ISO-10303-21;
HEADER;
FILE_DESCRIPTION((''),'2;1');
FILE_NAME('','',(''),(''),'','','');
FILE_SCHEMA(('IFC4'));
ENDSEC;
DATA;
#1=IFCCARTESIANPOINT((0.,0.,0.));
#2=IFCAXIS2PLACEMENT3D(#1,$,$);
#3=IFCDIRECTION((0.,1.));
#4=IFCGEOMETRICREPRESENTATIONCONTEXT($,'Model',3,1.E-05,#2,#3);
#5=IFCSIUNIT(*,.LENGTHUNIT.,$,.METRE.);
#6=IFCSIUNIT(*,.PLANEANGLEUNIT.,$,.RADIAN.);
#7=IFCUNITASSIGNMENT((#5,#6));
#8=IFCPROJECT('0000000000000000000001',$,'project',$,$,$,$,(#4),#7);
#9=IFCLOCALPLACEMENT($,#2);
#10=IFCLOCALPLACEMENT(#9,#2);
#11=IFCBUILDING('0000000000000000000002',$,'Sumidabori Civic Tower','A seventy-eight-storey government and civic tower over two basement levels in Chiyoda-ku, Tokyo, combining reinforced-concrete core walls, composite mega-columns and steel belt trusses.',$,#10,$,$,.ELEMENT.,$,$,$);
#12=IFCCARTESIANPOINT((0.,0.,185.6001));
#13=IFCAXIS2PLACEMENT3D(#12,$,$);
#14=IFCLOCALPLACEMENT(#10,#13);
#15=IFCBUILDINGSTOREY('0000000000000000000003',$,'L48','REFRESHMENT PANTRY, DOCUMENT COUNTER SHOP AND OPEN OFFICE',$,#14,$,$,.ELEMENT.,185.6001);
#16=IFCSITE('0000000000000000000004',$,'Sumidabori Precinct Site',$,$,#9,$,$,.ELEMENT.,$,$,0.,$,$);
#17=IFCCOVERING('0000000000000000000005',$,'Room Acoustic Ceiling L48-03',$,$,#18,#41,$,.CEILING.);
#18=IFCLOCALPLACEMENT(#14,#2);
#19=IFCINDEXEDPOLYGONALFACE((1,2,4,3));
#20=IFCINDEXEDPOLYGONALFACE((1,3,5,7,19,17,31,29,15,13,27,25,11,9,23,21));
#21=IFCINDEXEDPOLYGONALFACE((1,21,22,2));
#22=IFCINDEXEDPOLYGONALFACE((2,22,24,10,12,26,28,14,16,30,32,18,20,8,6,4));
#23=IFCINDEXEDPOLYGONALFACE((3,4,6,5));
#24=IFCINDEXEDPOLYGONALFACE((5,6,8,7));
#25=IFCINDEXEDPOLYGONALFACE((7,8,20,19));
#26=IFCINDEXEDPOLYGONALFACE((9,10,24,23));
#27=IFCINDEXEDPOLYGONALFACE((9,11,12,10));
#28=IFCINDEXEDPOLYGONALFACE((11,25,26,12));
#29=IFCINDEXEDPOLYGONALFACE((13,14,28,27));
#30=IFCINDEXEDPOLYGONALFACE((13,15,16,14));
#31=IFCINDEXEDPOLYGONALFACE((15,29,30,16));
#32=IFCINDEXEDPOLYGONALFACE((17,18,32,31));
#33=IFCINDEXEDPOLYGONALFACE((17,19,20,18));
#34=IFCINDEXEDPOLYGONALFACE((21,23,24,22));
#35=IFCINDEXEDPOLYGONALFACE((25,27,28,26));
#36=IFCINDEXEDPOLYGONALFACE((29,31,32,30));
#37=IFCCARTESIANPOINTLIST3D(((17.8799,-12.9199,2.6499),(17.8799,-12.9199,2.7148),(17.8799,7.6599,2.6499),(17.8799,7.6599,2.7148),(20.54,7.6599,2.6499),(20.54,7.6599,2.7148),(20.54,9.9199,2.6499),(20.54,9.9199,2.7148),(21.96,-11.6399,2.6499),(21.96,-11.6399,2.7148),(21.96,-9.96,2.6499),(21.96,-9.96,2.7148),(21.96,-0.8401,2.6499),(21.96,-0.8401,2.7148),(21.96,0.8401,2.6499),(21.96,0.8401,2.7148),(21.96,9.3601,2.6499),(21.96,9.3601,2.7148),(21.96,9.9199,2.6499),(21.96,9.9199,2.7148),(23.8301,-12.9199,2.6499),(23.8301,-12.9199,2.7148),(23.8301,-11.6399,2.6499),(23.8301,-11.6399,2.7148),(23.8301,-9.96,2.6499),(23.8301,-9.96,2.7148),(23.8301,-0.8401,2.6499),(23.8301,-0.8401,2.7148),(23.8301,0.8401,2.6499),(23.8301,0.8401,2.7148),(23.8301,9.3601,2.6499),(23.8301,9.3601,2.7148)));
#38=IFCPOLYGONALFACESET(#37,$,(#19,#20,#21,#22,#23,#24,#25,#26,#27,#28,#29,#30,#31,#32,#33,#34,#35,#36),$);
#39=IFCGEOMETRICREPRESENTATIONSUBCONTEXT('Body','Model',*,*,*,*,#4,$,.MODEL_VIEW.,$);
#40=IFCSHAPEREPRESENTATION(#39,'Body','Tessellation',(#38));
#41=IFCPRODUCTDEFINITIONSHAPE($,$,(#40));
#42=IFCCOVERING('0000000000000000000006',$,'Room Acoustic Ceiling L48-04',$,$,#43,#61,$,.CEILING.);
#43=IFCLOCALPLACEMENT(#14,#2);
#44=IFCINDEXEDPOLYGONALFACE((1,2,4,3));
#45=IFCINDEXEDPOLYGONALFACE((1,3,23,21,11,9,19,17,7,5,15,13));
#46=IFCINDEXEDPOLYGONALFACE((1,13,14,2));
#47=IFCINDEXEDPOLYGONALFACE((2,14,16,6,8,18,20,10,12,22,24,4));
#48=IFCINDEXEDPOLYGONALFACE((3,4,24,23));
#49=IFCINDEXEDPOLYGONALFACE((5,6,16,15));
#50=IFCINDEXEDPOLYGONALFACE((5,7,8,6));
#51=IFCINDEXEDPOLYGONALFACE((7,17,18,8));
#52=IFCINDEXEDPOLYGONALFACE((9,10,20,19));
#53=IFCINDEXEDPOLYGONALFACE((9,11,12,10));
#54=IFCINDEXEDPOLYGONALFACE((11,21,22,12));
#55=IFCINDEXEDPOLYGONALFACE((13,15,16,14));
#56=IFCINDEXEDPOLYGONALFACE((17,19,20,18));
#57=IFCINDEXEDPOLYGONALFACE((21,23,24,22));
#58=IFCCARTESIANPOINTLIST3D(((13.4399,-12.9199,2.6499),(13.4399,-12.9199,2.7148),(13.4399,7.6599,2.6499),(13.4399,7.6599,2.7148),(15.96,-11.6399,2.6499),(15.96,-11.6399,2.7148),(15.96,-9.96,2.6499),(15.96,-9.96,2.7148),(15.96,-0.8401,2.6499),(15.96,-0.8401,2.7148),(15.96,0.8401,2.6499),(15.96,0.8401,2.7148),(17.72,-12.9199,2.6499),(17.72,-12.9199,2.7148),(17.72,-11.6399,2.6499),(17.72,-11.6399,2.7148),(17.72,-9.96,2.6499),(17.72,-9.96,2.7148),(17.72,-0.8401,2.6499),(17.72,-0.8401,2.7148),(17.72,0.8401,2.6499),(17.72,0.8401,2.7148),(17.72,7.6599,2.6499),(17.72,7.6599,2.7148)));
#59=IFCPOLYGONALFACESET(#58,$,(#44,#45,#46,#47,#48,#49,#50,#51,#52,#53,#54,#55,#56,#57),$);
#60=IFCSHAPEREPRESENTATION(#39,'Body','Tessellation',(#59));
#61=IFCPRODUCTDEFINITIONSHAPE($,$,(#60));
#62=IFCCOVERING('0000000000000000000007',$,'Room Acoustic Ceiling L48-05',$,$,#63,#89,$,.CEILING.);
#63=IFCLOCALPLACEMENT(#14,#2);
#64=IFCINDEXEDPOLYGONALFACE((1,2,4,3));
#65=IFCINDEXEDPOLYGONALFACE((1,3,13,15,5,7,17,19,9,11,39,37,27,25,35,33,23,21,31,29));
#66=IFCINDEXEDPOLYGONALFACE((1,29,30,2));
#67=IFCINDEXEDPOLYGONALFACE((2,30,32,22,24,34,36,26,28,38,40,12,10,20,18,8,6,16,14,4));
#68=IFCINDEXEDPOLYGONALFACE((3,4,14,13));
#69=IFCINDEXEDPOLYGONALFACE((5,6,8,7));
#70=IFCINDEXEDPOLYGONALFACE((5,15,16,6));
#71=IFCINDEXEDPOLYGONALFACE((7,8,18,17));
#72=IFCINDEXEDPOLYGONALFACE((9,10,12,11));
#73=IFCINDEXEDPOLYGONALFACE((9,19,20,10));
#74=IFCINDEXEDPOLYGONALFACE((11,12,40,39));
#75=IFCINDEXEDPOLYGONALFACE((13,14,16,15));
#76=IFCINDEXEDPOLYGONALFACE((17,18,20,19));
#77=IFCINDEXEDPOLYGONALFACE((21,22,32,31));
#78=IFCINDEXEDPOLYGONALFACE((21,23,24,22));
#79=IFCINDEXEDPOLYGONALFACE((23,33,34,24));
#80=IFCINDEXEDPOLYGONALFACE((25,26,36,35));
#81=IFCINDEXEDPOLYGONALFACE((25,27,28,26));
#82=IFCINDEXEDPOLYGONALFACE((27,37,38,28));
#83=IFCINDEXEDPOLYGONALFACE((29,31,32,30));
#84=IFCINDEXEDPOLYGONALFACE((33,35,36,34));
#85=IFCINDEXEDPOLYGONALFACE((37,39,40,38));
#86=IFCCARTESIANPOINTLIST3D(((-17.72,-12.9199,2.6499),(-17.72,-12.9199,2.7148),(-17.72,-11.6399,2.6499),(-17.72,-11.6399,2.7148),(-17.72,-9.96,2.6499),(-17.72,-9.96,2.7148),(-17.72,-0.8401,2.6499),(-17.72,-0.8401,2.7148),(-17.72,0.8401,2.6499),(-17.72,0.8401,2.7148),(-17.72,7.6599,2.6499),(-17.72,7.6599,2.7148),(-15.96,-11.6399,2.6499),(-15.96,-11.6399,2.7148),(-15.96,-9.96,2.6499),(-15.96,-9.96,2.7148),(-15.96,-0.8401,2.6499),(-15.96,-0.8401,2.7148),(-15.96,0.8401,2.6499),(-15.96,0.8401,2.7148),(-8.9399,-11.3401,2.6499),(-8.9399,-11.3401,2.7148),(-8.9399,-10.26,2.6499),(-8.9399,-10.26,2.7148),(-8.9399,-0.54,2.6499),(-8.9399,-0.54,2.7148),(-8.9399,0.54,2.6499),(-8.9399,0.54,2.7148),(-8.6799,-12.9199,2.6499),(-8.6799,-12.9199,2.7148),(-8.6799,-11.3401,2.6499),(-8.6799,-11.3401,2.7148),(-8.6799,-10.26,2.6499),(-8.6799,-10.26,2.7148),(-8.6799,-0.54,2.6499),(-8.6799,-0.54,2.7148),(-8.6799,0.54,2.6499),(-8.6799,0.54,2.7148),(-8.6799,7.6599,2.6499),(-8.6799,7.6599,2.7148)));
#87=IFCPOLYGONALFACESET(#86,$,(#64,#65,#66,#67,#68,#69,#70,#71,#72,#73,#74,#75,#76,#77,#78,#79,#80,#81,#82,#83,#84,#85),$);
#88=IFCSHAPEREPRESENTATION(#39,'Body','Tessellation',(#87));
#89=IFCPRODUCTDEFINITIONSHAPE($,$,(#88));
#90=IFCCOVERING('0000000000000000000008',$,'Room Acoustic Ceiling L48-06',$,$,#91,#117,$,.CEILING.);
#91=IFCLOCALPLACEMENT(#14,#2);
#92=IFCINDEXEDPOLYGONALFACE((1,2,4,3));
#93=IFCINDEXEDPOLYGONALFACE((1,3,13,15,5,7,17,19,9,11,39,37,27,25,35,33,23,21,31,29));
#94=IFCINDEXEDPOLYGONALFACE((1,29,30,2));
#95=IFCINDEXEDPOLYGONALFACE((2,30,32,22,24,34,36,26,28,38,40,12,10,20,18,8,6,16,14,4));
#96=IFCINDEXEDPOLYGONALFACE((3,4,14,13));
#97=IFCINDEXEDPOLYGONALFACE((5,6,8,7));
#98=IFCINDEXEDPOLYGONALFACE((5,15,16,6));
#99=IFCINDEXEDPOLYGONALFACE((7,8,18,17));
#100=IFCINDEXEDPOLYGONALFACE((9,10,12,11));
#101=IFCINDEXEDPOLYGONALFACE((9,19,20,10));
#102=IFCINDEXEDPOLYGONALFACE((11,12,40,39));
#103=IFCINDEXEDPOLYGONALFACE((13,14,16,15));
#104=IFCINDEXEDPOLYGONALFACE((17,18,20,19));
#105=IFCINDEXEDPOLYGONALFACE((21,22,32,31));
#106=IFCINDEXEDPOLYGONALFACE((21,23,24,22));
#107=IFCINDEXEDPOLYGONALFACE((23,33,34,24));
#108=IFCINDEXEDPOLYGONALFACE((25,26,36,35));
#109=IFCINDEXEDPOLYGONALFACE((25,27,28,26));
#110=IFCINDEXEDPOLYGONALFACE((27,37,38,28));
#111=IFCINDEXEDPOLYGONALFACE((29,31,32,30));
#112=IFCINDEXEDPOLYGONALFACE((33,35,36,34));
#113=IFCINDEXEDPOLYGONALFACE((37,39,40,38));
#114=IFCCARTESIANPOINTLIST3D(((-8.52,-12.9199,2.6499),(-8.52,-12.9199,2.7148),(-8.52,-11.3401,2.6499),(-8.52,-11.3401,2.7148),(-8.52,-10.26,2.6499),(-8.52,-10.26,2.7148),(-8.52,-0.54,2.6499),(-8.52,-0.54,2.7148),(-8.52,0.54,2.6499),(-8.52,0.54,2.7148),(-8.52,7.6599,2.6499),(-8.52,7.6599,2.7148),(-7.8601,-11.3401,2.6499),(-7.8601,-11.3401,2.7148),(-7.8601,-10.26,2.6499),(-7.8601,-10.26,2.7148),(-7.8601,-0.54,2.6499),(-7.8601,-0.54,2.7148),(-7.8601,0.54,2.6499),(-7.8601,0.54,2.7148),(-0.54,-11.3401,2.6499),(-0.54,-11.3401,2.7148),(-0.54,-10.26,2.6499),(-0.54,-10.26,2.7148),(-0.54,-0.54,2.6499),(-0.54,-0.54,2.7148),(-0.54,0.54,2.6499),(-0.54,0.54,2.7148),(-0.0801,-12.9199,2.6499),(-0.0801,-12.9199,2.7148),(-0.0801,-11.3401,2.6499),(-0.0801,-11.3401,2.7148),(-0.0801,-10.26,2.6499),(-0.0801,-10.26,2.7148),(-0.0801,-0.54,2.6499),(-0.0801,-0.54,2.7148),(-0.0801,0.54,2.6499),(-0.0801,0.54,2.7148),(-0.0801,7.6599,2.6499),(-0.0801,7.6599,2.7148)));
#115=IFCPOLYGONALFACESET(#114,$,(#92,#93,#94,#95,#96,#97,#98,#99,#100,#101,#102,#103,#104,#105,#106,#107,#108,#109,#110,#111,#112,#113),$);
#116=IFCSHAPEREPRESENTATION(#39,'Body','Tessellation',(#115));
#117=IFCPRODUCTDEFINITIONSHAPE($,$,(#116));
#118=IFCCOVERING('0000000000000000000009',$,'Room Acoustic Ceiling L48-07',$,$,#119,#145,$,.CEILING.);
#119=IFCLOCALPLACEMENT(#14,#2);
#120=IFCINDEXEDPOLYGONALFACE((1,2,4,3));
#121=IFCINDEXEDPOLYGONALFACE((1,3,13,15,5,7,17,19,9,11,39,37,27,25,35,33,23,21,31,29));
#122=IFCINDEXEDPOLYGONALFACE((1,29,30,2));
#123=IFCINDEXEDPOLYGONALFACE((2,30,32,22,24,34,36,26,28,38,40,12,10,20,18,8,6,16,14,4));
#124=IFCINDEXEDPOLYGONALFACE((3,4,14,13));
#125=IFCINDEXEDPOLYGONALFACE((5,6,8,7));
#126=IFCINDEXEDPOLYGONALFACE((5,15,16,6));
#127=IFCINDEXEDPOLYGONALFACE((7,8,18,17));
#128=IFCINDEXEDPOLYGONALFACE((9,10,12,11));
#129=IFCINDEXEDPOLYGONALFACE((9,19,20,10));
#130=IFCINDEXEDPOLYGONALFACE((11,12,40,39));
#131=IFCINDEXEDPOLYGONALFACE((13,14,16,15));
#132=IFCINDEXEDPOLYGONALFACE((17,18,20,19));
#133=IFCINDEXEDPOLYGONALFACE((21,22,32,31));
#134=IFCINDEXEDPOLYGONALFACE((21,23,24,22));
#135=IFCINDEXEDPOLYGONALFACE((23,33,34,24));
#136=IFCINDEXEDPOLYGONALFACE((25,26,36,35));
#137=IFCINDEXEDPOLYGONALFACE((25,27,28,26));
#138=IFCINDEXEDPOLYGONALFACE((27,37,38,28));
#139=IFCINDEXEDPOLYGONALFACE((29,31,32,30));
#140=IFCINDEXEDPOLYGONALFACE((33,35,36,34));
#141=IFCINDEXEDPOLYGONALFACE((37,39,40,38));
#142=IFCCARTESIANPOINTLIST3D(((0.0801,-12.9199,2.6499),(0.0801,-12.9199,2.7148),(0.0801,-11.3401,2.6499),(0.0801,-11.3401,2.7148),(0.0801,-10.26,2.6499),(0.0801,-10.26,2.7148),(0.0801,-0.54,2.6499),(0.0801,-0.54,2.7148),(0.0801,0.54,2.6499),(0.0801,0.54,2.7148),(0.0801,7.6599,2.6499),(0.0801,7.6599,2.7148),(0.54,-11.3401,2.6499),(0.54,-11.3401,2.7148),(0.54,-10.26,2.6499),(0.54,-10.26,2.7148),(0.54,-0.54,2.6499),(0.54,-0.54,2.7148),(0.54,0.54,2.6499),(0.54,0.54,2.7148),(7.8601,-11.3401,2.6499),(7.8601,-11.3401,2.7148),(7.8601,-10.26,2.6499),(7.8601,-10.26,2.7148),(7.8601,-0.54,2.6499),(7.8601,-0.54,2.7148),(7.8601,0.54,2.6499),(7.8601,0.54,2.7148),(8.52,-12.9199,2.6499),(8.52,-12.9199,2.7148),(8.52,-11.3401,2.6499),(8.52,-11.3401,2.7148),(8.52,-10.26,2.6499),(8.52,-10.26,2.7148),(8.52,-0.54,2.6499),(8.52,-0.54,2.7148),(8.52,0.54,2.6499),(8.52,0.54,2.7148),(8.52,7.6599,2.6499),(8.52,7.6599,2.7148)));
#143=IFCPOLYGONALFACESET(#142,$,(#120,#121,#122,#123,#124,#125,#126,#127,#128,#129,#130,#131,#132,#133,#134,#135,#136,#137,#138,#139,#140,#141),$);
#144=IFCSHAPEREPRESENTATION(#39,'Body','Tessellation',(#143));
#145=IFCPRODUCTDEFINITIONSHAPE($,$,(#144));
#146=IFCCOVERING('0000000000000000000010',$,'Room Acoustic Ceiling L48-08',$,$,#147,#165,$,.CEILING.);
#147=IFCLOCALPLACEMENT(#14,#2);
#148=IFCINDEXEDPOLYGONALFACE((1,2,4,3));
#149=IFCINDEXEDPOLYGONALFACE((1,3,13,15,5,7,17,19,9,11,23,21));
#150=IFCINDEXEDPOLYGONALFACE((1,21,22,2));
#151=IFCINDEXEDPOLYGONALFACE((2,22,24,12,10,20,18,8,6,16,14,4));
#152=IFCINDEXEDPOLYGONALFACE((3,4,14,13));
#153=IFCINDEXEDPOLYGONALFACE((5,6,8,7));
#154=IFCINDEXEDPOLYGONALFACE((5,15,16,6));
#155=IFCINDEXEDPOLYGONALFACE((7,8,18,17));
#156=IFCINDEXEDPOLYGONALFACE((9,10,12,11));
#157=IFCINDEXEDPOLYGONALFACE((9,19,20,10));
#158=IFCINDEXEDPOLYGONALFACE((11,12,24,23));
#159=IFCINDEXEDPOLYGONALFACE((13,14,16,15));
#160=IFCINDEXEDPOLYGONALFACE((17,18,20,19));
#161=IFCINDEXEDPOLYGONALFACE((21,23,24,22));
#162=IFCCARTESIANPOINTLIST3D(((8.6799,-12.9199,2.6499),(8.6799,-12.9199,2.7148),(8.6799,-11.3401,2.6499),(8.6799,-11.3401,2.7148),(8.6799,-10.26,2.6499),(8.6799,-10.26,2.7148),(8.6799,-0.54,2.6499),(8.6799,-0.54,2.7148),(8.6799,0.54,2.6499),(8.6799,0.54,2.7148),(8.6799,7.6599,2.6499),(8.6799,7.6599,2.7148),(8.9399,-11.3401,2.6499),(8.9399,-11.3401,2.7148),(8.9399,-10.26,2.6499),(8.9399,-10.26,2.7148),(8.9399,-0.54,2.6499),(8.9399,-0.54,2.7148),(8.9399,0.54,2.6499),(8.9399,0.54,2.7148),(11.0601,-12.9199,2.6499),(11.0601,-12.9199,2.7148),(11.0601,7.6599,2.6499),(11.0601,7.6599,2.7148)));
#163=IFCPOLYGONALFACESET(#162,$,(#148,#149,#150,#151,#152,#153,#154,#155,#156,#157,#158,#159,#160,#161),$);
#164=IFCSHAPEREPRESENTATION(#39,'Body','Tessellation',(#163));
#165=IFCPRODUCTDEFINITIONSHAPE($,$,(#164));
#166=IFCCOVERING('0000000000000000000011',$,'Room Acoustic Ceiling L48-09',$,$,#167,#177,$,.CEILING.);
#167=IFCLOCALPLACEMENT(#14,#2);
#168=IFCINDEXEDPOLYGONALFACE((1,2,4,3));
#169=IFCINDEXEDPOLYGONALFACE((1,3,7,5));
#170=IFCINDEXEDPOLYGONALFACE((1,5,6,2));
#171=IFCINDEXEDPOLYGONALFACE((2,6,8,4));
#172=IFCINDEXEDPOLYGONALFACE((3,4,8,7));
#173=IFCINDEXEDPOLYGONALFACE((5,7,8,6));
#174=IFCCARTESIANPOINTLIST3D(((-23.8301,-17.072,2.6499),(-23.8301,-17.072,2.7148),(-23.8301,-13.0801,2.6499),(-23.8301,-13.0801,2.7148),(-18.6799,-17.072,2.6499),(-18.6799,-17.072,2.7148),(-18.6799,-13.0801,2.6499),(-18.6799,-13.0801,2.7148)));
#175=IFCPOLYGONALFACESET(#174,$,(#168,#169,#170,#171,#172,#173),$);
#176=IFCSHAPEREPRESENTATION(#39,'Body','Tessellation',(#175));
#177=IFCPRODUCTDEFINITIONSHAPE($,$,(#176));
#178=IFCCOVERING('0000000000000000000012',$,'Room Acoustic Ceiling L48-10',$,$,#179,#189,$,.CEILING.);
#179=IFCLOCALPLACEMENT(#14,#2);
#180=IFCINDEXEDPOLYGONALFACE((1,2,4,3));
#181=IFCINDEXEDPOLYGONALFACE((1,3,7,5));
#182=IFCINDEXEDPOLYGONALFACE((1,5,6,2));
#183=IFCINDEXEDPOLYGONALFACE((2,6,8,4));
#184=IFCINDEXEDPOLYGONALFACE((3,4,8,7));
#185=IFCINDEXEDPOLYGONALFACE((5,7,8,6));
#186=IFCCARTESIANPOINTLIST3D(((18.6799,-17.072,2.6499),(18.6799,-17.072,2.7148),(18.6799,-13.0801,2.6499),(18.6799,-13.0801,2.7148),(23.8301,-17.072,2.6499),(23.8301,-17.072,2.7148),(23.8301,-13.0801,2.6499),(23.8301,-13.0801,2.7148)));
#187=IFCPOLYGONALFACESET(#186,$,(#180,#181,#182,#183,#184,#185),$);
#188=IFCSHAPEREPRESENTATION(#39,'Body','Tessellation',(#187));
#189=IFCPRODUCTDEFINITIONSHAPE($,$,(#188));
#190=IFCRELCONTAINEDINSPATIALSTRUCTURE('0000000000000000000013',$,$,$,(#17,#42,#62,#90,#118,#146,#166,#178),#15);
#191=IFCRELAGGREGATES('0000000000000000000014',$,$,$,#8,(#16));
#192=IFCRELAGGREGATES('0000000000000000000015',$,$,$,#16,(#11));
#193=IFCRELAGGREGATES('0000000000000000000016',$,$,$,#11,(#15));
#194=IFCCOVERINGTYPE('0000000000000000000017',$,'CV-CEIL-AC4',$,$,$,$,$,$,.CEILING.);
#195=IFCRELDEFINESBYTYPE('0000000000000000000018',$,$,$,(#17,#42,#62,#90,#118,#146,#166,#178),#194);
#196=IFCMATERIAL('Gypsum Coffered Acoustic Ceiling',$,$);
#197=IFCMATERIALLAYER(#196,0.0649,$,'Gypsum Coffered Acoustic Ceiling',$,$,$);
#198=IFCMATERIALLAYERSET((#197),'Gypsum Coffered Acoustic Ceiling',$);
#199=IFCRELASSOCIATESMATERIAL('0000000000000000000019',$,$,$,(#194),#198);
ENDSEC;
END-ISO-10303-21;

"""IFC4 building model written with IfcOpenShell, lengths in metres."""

from ifc_helpers import new_model, si_unit, direction, frame, origin, place, context, subcontext, project, spatial, polyline, outline, extrude, material, layer, layer_set, type_object, element, save


model = new_model("IFC4")

# Units and contexts
model_context = context("Model", 3, precision=1e-05, world=origin(), true_north=direction((0.0, 1.0)))
body_context = subcontext(model_context, "Body", "Model", "MODEL_VIEW")
ifc_project = project(units=[si_unit("LENGTHUNIT", "METRE"), si_unit("PLANEANGLEUNIT", "RADIAN")], contexts=[model_context])

# Site, building, storey
site_placement = place(None, origin())
site = spatial("IfcSite", under=ifc_project, at=site_placement, Name="Sumidabori Precinct Site", CompositionType="ELEMENT", RefElevation=0.0)
building_placement = place(site_placement, origin())
building = spatial("IfcBuilding", under=site, at=building_placement, Name="Sumidabori Civic Tower", Description="A seventy-eight-storey government and civic tower over two basement levels in Chiyoda-ku, Tokyo, combining reinforced-concrete core walls, composite mega-columns and steel belt trusses.", CompositionType="ELEMENT")
storey_placement = place(building_placement, frame((0.0, 0.0, 185.6001)))
storey = spatial("IfcBuildingStorey", under=building, at=storey_placement, Name="L48", Description="REFRESHMENT PANTRY, DOCUMENT COUNTER SHOP AND OPEN OFFICE", CompositionType="ELEMENT", Elevation=185.6001)

# Coverings
ifc_material_1 = material(Name="Gypsum Coffered Acoustic Ceiling")
ifc_layer_1 = layer(ifc_material_1, 0.0649, Name="Gypsum Coffered Acoustic Ceiling")
ifc_layer_set_1 = layer_set([ifc_layer_1], Name="Gypsum Coffered Acoustic Ceiling")
covering_type_1 = type_object("IfcCoveringType", Name="CV-CEIL-AC4", PredefinedType="CEILING", material=ifc_layer_set_1)
covering_1_placement = place(storey_placement, frame((0.0, 0.0, 2.6499)))
element("IfcCovering", 1, at=covering_1_placement, inside=storey, type_object=covering_type_1, Name="Room Acoustic Ceiling L48-03", PredefinedType="CEILING", context=body_context, shape_type="SweptSolid", body=[
    extrude(outline(polyline([(23.8301, 0.8401), (21.96, 0.8401), (21.96, -0.8401), (23.8301, -0.8401), (23.8301, -9.96), (21.96, -9.96), (21.96, -11.6399), (23.8301, -11.6399), (23.8301, -12.9199), (17.8799, -12.9199), (17.8799, 7.6599), (20.54, 7.6599), (20.54, 9.9199), (21.96, 9.9199), (21.96, 9.3601), (23.8301, 9.3601), (23.8301, 0.8401)])), origin(), (0.0, 0.0, 1.0), 0.0649),
])
covering_2_placement = place(storey_placement, frame((0.0, 0.0, 2.6499)))
element("IfcCovering", 2, at=covering_2_placement, inside=storey, type_object=covering_type_1, Name="Room Acoustic Ceiling L48-04", PredefinedType="CEILING", context=body_context, shape_type="SweptSolid", body=[
    extrude(outline(polyline([(13.4399, -12.9199), (13.4399, 7.6599), (17.72, 7.6599), (17.72, 0.8401), (15.96, 0.8401), (15.96, -0.8401), (17.72, -0.8401), (17.72, -9.96), (15.96, -9.96), (15.96, -11.6399), (17.72, -11.6399), (17.72, -12.9199), (13.4399, -12.9199)])), origin(), (0.0, 0.0, 1.0), 0.0649),
])
covering_3_placement = place(storey_placement, frame((0.0, 0.0, 2.6499)))
element("IfcCovering", 3, at=covering_3_placement, inside=storey, type_object=covering_type_1, Name="Room Acoustic Ceiling L48-05", PredefinedType="CEILING", context=body_context, shape_type="SweptSolid", body=[
    extrude(outline(polyline([(-17.72, -11.6399), (-15.96, -11.6399), (-15.96, -9.96), (-17.72, -9.96), (-17.72, -0.8401), (-15.96, -0.8401), (-15.96, 0.8401), (-17.72, 0.8401), (-17.72, 7.6599), (-8.6799, 7.6599), (-8.6799, 0.54), (-8.9399, 0.54), (-8.9399, -0.54), (-8.6799, -0.54), (-8.6799, -10.26), (-8.9399, -10.26), (-8.9399, -11.3401), (-8.6799, -11.3401), (-8.6799, -12.9199), (-17.72, -12.9199), (-17.72, -11.6399)])), origin(), (0.0, 0.0, 1.0), 0.0649),
])
covering_4_placement = place(storey_placement, frame((0.0, 0.0, 2.6499)))
element("IfcCovering", 4, at=covering_4_placement, inside=storey, type_object=covering_type_1, Name="Room Acoustic Ceiling L48-06", PredefinedType="CEILING", context=body_context, shape_type="SweptSolid", body=[
    extrude(outline(polyline([(-8.52, -12.9199), (-8.52, -11.3401), (-7.8601, -11.3401), (-7.8601, -10.26), (-8.52, -10.26), (-8.52, -0.54), (-7.8601, -0.54), (-7.8601, 0.54), (-8.52, 0.54), (-8.52, 7.6599), (-0.0801, 7.6599), (-0.0801, 0.54), (-0.54, 0.54), (-0.54, -0.54), (-0.0801, -0.54), (-0.0801, -10.26), (-0.54, -10.26), (-0.54, -11.3401), (-0.0801, -11.3401), (-0.0801, -12.9199), (-8.52, -12.9199)])), origin(), (0.0, 0.0, 1.0), 0.0649),
])
covering_5_placement = place(storey_placement, frame((0.0, 0.0, 2.6499)))
element("IfcCovering", 5, at=covering_5_placement, inside=storey, type_object=covering_type_1, Name="Room Acoustic Ceiling L48-07", PredefinedType="CEILING", context=body_context, shape_type="SweptSolid", body=[
    extrude(outline(polyline([(0.0801, -12.9199), (0.0801, -11.3401), (0.54, -11.3401), (0.54, -10.26), (0.0801, -10.26), (0.0801, -0.54), (0.54, -0.54), (0.54, 0.54), (0.0801, 0.54), (0.0801, 7.6599), (8.52, 7.6599), (8.52, 0.54), (7.8601, 0.54), (7.8601, -0.54), (8.52, -0.54), (8.52, -10.26), (7.8601, -10.26), (7.8601, -11.3401), (8.52, -11.3401), (8.52, -12.9199), (0.0801, -12.9199)])), origin(), (0.0, 0.0, 1.0), 0.0649),
])
covering_6_placement = place(storey_placement, frame((0.0, 0.0, 2.6499)))
element("IfcCovering", 6, at=covering_6_placement, inside=storey, type_object=covering_type_1, Name="Room Acoustic Ceiling L48-08", PredefinedType="CEILING", context=body_context, shape_type="SweptSolid", body=[
    extrude(outline(polyline([(8.6799, -12.9199), (8.6799, -11.3401), (8.9399, -11.3401), (8.9399, -10.26), (8.6799, -10.26), (8.6799, -0.54), (8.9399, -0.54), (8.9399, 0.54), (8.6799, 0.54), (8.6799, 7.6599), (11.0601, 7.6599), (11.0601, -12.9199), (8.6799, -12.9199)])), origin(), (0.0, 0.0, 1.0), 0.0649),
])
covering_7_placement = place(storey_placement, frame((0.0, 0.0, 2.6499)))
element("IfcCovering", 7, at=covering_7_placement, inside=storey, type_object=covering_type_1, Name="Room Acoustic Ceiling L48-09", PredefinedType="CEILING", context=body_context, shape_type="SweptSolid", body=[
    extrude(outline(polyline([(-23.8301, -17.072), (-23.8301, -13.0801), (-18.6799, -13.0801), (-18.6799, -17.072), (-23.8301, -17.072)])), origin(), (0.0, 0.0, 1.0), 0.0649),
])
covering_8_placement = place(storey_placement, frame((0.0, 0.0, 2.6499)))
element("IfcCovering", 8, at=covering_8_placement, inside=storey, type_object=covering_type_1, Name="Room Acoustic Ceiling L48-10", PredefinedType="CEILING", context=body_context, shape_type="SweptSolid", body=[
    extrude(outline(polyline([(23.8301, -13.0801), (23.8301, -17.072), (18.6799, -17.072), (18.6799, -13.0801), (23.8301, -13.0801)])), origin(), (0.0, 0.0, 1.0), 0.0649),
])

save(model, "model.ifc")
